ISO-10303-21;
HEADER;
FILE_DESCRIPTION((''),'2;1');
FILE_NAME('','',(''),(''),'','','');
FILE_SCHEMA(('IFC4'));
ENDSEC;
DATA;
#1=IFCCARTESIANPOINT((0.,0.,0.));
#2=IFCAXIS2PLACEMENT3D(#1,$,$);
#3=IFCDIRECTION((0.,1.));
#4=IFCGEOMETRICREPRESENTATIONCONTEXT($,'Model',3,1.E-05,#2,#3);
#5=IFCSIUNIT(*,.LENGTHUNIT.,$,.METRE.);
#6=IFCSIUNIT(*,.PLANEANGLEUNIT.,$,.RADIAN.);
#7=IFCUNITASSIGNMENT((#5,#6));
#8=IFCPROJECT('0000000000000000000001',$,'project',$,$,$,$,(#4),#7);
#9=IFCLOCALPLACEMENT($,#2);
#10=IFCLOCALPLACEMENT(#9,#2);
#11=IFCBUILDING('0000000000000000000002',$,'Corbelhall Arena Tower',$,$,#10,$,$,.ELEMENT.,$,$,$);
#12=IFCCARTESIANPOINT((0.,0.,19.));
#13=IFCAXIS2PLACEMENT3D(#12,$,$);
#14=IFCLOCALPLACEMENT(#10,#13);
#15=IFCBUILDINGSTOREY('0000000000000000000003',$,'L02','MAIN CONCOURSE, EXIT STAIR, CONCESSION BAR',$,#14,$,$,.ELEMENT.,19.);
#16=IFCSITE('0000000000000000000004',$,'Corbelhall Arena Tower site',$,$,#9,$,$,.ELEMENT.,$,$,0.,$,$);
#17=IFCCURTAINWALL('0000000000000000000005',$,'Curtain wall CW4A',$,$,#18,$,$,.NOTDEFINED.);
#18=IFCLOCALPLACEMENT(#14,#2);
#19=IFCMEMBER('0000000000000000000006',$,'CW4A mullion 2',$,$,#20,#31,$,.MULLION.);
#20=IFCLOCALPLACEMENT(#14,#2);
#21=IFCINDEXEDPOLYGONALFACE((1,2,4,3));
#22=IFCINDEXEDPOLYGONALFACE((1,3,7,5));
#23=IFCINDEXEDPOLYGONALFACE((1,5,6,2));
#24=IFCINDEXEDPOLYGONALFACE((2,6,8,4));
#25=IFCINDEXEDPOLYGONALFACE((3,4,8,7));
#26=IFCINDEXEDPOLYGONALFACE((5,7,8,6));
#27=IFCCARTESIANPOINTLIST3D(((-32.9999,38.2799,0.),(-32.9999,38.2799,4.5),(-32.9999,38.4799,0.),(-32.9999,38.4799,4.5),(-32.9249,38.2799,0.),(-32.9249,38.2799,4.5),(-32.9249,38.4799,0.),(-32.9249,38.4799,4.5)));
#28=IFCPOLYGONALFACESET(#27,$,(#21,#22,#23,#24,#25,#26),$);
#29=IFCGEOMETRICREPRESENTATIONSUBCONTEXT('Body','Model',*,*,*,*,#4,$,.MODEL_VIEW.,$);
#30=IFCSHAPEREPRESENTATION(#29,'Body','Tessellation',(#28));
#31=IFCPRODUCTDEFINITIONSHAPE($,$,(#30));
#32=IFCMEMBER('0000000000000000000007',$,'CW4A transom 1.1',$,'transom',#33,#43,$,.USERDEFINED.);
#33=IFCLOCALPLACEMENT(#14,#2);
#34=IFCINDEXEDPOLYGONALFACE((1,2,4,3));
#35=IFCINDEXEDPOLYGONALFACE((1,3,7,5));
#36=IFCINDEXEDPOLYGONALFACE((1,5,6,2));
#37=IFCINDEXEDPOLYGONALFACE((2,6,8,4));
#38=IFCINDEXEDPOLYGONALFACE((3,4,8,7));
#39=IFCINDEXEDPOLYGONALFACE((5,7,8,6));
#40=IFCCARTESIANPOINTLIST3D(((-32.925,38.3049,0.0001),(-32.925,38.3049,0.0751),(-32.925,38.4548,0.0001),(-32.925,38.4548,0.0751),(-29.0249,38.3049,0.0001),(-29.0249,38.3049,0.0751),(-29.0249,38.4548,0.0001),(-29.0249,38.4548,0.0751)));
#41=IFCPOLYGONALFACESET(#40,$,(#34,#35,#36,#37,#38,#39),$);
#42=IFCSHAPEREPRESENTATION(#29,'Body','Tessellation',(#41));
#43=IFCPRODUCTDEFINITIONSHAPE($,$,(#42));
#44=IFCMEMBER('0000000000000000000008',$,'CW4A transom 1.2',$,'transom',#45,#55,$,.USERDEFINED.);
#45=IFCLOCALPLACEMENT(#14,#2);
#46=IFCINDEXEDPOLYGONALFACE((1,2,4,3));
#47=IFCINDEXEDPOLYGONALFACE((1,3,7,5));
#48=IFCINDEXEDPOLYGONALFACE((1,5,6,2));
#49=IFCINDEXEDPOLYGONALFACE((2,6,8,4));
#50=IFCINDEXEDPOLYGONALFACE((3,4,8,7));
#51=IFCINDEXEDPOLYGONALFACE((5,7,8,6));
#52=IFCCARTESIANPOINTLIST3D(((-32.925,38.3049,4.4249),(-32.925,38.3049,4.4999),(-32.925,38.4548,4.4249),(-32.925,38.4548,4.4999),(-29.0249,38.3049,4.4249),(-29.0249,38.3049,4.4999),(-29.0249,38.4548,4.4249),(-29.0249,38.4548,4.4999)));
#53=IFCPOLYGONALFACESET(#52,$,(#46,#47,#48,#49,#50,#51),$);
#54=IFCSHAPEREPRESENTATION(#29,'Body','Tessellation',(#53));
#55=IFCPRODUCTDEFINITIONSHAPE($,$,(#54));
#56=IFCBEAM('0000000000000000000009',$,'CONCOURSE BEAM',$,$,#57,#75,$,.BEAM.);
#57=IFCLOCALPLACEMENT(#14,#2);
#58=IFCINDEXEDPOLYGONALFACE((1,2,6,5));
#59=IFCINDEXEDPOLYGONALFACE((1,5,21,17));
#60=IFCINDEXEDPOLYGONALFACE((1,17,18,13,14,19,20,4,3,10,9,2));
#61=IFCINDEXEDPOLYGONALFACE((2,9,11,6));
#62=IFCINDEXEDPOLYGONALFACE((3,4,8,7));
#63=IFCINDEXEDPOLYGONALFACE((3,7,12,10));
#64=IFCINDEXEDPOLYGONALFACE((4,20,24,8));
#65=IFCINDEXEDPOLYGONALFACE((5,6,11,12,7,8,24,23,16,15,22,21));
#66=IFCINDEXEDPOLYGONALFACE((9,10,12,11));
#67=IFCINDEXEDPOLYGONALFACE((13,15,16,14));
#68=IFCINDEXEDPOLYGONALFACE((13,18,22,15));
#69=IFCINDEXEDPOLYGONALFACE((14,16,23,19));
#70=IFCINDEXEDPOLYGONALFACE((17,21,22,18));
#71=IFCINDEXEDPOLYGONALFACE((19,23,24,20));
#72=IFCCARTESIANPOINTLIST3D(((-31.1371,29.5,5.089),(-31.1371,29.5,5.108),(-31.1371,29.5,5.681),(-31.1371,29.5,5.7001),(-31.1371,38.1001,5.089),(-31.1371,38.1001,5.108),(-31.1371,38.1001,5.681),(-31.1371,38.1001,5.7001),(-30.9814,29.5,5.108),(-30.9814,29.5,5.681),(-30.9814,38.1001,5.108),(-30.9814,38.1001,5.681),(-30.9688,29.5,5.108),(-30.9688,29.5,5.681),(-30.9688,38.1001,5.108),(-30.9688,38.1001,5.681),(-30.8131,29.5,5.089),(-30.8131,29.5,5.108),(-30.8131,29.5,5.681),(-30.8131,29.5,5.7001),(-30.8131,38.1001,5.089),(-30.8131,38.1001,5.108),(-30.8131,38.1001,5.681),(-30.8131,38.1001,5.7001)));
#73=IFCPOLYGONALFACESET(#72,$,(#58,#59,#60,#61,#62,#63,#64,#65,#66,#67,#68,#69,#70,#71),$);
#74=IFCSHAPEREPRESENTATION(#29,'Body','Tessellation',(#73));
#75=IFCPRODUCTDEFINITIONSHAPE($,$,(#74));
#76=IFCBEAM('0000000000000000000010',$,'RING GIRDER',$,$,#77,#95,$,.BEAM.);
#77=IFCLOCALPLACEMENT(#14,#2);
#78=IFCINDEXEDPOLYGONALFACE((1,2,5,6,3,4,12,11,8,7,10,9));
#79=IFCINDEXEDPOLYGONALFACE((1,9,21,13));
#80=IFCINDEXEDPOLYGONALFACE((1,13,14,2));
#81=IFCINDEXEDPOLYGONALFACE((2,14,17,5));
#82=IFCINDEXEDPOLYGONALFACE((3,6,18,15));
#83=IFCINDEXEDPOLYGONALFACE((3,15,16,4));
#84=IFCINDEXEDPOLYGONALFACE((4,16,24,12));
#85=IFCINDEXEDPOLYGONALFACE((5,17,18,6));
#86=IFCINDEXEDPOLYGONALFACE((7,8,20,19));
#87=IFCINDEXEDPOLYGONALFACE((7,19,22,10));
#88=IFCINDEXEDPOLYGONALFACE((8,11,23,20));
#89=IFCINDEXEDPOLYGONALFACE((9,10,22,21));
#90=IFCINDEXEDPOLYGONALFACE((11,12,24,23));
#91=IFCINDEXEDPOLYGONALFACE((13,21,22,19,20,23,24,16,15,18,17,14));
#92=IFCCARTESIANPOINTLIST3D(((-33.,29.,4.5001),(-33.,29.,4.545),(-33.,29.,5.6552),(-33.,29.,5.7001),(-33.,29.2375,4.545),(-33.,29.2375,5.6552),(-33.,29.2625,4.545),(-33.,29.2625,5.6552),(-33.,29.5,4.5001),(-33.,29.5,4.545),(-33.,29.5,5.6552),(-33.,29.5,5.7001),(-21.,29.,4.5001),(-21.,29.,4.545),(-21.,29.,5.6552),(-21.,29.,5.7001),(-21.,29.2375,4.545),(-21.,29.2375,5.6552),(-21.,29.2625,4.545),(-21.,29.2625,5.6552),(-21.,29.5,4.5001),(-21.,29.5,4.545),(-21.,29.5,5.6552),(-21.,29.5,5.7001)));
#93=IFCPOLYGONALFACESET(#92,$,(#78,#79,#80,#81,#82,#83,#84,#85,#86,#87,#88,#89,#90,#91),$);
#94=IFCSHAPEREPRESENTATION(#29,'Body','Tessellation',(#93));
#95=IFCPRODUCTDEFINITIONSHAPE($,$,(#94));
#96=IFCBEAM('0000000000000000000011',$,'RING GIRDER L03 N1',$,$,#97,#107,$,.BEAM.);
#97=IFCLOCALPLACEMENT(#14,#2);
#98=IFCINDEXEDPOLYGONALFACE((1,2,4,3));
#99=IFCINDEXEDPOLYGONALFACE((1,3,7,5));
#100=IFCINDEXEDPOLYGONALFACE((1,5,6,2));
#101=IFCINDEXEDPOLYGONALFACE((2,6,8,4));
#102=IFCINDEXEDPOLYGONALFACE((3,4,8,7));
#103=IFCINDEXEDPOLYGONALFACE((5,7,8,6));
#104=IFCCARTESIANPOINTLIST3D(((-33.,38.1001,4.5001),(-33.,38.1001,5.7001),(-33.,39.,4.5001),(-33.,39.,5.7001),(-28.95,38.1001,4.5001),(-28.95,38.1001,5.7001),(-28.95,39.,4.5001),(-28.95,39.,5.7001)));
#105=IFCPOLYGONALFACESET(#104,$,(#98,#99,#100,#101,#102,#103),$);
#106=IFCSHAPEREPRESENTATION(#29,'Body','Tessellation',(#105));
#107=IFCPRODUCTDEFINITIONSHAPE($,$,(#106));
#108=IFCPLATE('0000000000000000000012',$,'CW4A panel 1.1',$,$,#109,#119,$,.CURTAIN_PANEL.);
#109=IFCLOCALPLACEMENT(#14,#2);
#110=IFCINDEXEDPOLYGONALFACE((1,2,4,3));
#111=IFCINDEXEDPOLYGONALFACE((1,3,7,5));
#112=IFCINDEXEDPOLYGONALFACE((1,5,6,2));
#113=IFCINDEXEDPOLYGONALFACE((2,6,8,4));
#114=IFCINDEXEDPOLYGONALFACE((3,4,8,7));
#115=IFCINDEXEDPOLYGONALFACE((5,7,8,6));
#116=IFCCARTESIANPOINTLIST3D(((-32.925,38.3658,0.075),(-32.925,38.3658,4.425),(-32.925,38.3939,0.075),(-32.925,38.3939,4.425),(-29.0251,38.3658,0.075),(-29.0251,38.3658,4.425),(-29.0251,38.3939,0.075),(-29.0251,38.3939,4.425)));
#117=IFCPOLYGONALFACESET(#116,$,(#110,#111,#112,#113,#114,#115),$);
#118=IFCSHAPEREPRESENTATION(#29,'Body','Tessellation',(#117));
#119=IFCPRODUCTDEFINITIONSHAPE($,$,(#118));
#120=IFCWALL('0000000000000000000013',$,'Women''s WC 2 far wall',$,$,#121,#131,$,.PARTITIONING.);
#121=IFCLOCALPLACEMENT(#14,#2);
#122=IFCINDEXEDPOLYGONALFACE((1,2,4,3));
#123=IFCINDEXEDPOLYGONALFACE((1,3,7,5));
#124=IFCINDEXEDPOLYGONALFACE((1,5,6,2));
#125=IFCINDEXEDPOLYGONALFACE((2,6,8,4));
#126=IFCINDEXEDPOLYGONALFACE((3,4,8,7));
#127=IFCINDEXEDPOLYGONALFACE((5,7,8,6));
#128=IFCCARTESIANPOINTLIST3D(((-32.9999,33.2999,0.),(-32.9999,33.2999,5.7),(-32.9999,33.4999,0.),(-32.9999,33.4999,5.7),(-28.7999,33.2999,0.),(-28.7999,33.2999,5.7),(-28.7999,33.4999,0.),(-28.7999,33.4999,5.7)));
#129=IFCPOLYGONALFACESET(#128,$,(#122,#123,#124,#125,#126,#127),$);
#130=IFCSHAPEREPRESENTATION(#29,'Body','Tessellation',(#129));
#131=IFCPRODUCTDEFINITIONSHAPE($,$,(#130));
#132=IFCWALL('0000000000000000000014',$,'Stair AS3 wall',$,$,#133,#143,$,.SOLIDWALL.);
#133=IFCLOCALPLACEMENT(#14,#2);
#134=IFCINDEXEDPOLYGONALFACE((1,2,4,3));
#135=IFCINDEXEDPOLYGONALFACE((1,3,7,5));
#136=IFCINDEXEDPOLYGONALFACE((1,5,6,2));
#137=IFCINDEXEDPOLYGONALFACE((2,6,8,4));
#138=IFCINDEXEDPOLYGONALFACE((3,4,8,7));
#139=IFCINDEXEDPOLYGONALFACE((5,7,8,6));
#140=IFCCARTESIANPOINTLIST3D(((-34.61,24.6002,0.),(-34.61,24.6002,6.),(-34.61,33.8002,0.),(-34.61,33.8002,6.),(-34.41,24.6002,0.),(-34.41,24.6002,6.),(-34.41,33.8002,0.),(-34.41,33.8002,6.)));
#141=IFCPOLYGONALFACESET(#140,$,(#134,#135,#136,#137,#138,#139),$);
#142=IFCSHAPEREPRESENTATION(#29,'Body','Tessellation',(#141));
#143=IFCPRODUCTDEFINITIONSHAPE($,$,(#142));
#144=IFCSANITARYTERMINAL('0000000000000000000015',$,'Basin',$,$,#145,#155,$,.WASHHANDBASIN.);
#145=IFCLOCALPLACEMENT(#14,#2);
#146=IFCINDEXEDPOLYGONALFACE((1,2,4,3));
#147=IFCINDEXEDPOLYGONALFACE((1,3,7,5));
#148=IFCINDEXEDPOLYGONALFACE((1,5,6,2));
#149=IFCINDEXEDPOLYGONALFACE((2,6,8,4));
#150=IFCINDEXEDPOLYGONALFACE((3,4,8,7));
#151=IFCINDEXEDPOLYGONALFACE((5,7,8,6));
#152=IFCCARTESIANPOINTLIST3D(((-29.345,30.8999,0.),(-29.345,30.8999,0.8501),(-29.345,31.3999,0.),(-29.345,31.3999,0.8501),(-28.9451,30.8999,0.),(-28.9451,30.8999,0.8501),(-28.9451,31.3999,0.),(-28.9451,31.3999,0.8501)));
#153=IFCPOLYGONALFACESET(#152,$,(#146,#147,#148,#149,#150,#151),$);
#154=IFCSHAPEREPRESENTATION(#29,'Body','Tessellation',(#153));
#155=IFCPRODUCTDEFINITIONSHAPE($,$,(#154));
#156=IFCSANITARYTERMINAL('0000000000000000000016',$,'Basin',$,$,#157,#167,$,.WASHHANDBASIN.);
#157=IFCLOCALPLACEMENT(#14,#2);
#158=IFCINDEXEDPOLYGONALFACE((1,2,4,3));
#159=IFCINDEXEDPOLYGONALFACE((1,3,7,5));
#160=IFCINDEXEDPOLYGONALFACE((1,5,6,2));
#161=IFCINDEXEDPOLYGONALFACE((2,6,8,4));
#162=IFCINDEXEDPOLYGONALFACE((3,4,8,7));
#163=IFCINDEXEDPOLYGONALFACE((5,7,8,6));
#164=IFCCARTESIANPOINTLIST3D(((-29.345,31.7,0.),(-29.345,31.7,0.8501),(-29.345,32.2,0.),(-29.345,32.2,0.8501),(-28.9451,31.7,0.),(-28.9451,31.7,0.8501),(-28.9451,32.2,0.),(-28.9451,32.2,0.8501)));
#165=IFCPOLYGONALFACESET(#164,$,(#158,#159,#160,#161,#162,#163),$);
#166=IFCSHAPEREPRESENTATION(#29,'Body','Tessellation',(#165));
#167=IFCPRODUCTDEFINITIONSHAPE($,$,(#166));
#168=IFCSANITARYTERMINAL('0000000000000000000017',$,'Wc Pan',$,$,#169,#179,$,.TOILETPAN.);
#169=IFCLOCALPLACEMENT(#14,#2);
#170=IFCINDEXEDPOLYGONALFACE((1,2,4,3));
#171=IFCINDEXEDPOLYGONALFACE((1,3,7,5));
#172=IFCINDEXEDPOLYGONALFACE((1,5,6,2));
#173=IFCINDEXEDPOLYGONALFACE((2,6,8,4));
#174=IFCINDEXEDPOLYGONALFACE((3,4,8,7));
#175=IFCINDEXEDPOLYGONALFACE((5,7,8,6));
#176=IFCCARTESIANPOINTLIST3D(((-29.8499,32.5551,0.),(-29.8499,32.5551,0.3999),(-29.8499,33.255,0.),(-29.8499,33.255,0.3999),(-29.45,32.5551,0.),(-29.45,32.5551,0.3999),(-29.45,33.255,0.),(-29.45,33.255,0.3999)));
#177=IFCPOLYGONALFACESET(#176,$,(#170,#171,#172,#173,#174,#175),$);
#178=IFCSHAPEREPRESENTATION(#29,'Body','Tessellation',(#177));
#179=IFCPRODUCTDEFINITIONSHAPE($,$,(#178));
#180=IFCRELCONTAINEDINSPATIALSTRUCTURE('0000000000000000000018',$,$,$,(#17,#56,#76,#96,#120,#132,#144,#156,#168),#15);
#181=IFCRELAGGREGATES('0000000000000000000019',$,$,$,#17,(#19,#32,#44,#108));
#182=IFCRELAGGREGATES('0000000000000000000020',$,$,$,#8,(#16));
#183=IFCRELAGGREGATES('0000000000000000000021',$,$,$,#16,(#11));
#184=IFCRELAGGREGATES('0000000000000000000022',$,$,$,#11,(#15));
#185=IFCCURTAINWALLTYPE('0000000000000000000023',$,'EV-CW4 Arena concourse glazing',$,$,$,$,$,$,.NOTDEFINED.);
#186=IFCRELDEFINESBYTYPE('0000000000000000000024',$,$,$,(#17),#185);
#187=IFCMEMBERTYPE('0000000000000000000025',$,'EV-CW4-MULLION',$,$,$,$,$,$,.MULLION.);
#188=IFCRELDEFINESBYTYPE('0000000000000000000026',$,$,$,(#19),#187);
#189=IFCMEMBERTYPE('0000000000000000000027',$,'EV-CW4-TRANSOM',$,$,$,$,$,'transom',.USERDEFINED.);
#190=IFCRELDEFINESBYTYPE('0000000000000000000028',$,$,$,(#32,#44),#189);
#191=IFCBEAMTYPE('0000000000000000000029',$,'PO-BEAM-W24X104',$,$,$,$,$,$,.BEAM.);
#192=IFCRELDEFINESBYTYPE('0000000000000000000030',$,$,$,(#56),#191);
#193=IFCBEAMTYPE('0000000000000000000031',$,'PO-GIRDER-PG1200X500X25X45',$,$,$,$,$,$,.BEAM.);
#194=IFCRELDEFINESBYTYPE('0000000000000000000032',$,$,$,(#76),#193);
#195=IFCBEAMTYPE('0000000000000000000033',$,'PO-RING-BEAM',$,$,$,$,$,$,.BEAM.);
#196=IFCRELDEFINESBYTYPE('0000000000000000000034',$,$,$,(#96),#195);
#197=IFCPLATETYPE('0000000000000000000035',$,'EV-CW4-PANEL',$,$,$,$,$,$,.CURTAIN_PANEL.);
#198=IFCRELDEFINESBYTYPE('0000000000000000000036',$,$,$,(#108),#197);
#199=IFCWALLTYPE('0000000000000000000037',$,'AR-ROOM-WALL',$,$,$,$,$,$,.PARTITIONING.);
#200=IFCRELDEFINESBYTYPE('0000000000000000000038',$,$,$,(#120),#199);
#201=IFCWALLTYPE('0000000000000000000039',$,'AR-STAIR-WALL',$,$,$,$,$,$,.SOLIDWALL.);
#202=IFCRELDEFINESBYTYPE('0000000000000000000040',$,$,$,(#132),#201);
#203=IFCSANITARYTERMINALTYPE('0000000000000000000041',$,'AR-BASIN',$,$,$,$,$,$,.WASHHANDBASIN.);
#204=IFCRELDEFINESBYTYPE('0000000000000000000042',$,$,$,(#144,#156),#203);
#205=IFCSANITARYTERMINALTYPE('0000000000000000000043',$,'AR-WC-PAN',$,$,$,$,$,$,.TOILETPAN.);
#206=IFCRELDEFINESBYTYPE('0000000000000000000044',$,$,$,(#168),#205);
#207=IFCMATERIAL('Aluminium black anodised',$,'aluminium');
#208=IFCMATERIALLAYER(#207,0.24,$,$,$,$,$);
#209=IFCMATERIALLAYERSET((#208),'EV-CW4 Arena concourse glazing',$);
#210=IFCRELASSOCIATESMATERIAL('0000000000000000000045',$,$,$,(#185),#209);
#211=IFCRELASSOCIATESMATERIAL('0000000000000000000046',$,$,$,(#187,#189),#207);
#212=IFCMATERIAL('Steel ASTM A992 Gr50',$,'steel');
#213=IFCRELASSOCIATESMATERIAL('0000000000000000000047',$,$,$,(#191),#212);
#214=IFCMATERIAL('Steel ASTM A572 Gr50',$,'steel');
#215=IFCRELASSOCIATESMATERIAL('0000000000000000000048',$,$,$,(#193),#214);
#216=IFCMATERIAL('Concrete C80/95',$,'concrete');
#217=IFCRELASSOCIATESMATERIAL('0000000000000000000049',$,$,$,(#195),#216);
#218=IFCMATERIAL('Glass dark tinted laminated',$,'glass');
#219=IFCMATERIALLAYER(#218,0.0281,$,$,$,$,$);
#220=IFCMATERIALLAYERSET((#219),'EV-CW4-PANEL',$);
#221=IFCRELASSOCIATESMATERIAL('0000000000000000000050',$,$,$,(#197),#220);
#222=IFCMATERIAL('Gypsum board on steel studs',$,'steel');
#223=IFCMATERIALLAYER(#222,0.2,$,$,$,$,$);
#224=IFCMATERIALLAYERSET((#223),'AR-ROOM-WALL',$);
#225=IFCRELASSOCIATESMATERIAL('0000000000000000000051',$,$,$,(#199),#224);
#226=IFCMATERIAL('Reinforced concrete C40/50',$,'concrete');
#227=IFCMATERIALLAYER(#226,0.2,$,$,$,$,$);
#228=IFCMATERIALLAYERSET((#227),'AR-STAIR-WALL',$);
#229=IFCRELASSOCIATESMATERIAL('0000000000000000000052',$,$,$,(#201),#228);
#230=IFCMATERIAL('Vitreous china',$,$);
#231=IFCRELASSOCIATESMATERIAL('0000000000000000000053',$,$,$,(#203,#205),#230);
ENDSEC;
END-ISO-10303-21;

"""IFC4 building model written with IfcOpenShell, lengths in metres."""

from ifc_helpers import new_model, si_unit, direction, frame, frame_2d, origin, origin_2d, place, context, subcontext, project, spatial, rectangle, i_section, extrude, material, layer, layer_set, material_profile, profile_set, type_object, element, aggregate, save


model = new_model("IFC4")

# Units and contexts
model_context = context("Model", 3, precision=1e-05, world=origin(), true_north=direction((0.0, 1.0)))
body_context = subcontext(model_context, "Body", "Model", "MODEL_VIEW")
ifc_project = project(units=[si_unit("LENGTHUNIT", "METRE"), si_unit("PLANEANGLEUNIT", "RADIAN")], contexts=[model_context])

# Site, building, storey
site_placement = place(None, origin())
site = spatial("IfcSite", under=ifc_project, at=site_placement, Name="Corbelhall Arena Tower site", CompositionType="ELEMENT", RefElevation=0.0)
building_placement = place(site_placement, origin())
building = spatial("IfcBuilding", under=site, at=building_placement, Name="Corbelhall Arena Tower", CompositionType="ELEMENT")
storey_placement = place(building_placement, frame((0.0, 0.0, 19.0)))
storey = spatial("IfcBuildingStorey", under=building, at=storey_placement, Name="L02", Description="MAIN CONCOURSE, EXIT STAIR, CONCESSION BAR", CompositionType="ELEMENT", Elevation=19.0)

# Curtain wall, members
ifc_material_1 = material(Name="Aluminium black anodised", Category="aluminium")
ifc_layer_1 = layer(ifc_material_1, 0.24)
ifc_layer_set_1 = layer_set([ifc_layer_1], Name="EV-CW4 Arena concourse glazing")
curtain_wall_type = type_object("IfcCurtainWallType", Name="EV-CW4 Arena concourse glazing", PredefinedType="NOTDEFINED", material=ifc_layer_set_1)
curtain_wall_placement = place(storey_placement, origin())
curtain_wall = element("IfcCurtainWall", 1, at=curtain_wall_placement, inside=storey, type_object=curtain_wall_type, Name="Curtain wall CW4A", PredefinedType="NOTDEFINED")
ifc_material_profile_1 = material_profile(ifc_material_1, rectangle(XDim=0.2, YDim=0.075, at=origin_2d()))
ifc_profile_set_1 = profile_set([ifc_material_profile_1], Name="Aluminium black anodised")
member_type_1 = type_object("IfcMemberType", Name="EV-CW4-MULLION", PredefinedType="MULLION", material=ifc_profile_set_1)
member_1_placement = place(storey_placement, frame((-32.9624, 38.3799, 0.0), z_axis=(0.0, 0.0, 1.0), x_axis=(0.0, -1.0, 0.0)))
member_1 = element("IfcMember", 2, at=member_1_placement, type_object=member_type_1, Name="CW4A mullion 2", PredefinedType="MULLION", context=body_context, shape_type="SweptSolid", body=[
    extrude(rectangle(XDim=0.2, YDim=0.075, at=origin_2d()), origin(), (0.0, 0.0, 1.0), 4.5),
])
ifc_material_profile_2 = material_profile(ifc_material_1, rectangle(XDim=0.1499, YDim=0.075, at=origin_2d()))
ifc_profile_set_2 = profile_set([ifc_material_profile_2], Name="Aluminium black anodised")
member_type_2 = type_object("IfcMemberType", Name="EV-CW4-TRANSOM", ElementType="transom", PredefinedType="USERDEFINED", material=ifc_profile_set_2)
member_2_placement = place(storey_placement, frame((-29.0249, 38.3799, 0.0376), z_axis=(-1.0, 0.0, 0.0), x_axis=(0.0, -1.0, 0.0)))
member_2 = element("IfcMember", 3, at=member_2_placement, type_object=member_type_2, Name="CW4A transom 1.1", ObjectType="transom", PredefinedType="USERDEFINED", context=body_context, shape_type="SweptSolid", body=[
    extrude(rectangle(XDim=0.1499, YDim=0.075, at=origin_2d()), origin(), (0.0, 0.0, 1.0), 3.9001),
])
member_3_placement = place(storey_placement, frame((-29.0249, 38.3799, 4.4624), z_axis=(-1.0, 0.0, 0.0), x_axis=(0.0, -1.0, 0.0)))
member_3 = element("IfcMember", 4, at=member_3_placement, type_object=member_type_2, Name="CW4A transom 1.2", ObjectType="transom", PredefinedType="USERDEFINED", context=body_context, shape_type="SweptSolid", body=[
    extrude(rectangle(XDim=0.1499, YDim=0.075, at=origin_2d()), origin(), (0.0, 0.0, 1.0), 3.9001),
])

# Beams
ifc_material_2 = material(Name="Steel ASTM A992 Gr50", Category="steel")
ifc_material_profile_3 = material_profile(ifc_material_2, i_section(OverallWidth=0.324, OverallDepth=0.6111, WebThickness=0.0127, FlangeThickness=0.019, at=origin_2d()))
ifc_profile_set_3 = profile_set([ifc_material_profile_3], Name="Steel ASTM A992 Gr50")
beam_type_1 = type_object("IfcBeamType", Name="PO-BEAM-W24X104", PredefinedType="BEAM", material=ifc_profile_set_3)
beam_1_placement = place(storey_placement, frame((-30.9751, 29.5, 5.3945), z_axis=(0.0, 1.0, 0.0), x_axis=(-1.0, 0.0, 0.0)))
element("IfcBeam", 5, at=beam_1_placement, inside=storey, type_object=beam_type_1, Name="CONCOURSE BEAM", PredefinedType="BEAM", context=body_context, shape_type="SweptSolid", body=[
    extrude(i_section(OverallWidth=0.324, OverallDepth=0.6111, WebThickness=0.0127, FlangeThickness=0.019, at=origin_2d()), origin(), (0.0, 0.0, 1.0), 8.6001),
])
ifc_material_3 = material(Name="Steel ASTM A572 Gr50", Category="steel")
ifc_material_profile_4 = material_profile(ifc_material_3, i_section(OverallWidth=0.5, OverallDepth=1.2, WebThickness=0.0249, FlangeThickness=0.0449, at=origin_2d()))
ifc_profile_set_4 = profile_set([ifc_material_profile_4], Name="Steel ASTM A572 Gr50")
beam_type_2 = type_object("IfcBeamType", Name="PO-GIRDER-PG1200X500X25X45", PredefinedType="BEAM", material=ifc_profile_set_4)
beam_2_placement = place(storey_placement, frame((-33.0, 29.25, 5.1001), z_axis=(1.0, 0.0, 0.0), x_axis=(0.0, 1.0, 0.0)))
element("IfcBeam", 6, at=beam_2_placement, inside=storey, type_object=beam_type_2, Name="RING GIRDER", PredefinedType="BEAM", context=body_context, shape_type="SweptSolid", body=[
    extrude(i_section(OverallWidth=0.5, OverallDepth=1.2, WebThickness=0.0249, FlangeThickness=0.0449, at=origin_2d()), origin(), (0.0, 0.0, 1.0), 12.0),
])
ifc_material_4 = material(Name="Concrete C80/95", Category="concrete")
ifc_material_profile_5 = material_profile(ifc_material_4, rectangle(XDim=0.8999, YDim=1.2, at=origin_2d()))
ifc_profile_set_5 = profile_set([ifc_material_profile_5], Name="Concrete C80/95")
beam_type_3 = type_object("IfcBeamType", Name="PO-RING-BEAM", PredefinedType="BEAM", material=ifc_profile_set_5)
beam_3_placement = place(storey_placement, frame((-33.0, 38.55, 5.1001), z_axis=(1.0, 0.0, 0.0), x_axis=(0.0, 1.0, 0.0)))
element("IfcBeam", 7, at=beam_3_placement, inside=storey, type_object=beam_type_3, Name="RING GIRDER L03 N1", PredefinedType="BEAM", context=body_context, shape_type="SweptSolid", body=[
    extrude(rectangle(XDim=0.8999, YDim=1.2, at=origin_2d()), origin(), (0.0, 0.0, 1.0), 4.05),
])

# Plate
ifc_material_5 = material(Name="Glass dark tinted laminated", Category="glass")
ifc_layer_2 = layer(ifc_material_5, 0.0281)
ifc_layer_set_2 = layer_set([ifc_layer_2], Name="EV-CW4-PANEL")
plate_type = type_object("IfcPlateType", Name="EV-CW4-PANEL", PredefinedType="CURTAIN_PANEL", material=ifc_layer_set_2)
plate_placement = place(storey_placement, frame((-30.9751, 38.3799, 0.075), z_axis=(0.0, 0.0, 1.0), x_axis=(-1.0, 0.0, 0.0)))
plate = element("IfcPlate", 8, at=plate_placement, type_object=plate_type, Name="CW4A panel 1.1", PredefinedType="CURTAIN_PANEL", context=body_context, shape_type="SweptSolid", body=[
    extrude(rectangle(XDim=3.8999, YDim=0.0281, at=origin_2d()), origin(), (0.0, 0.0, 1.0), 4.3501),
])
aggregate(curtain_wall, [member_1, member_2, member_3, plate])

# Shared definitions
ifc_material_6 = material(Name="Gypsum board on steel studs", Category="steel")
ifc_layer_3 = layer(ifc_material_6, 0.2)
ifc_layer_set_3 = layer_set([ifc_layer_3], Name="AR-ROOM-WALL")
wall_type_1 = type_object("IfcWallType", Name="AR-ROOM-WALL", PredefinedType="PARTITIONING", material=ifc_layer_set_3)

# Walls
wall_1_placement = place(storey_placement, frame((-33.0, 33.3999, 0.0), z_axis=(0.0, 0.0, 1.0), x_axis=(1.0, 0.0, 0.0)))
element("IfcWall", 9, at=wall_1_placement, inside=storey, type_object=wall_type_1, Name="Women's WC 2 far wall", PredefinedType="PARTITIONING", context=body_context, shape_type="SweptSolid", body=[
    extrude(rectangle(XDim=4.2, YDim=0.2, at=frame_2d((2.1001, 0.0))), origin(), (0.0, 0.0, 1.0), 5.7),
])
ifc_material_7 = material(Name="Reinforced concrete C40/50", Category="concrete")
ifc_layer_4 = layer(ifc_material_7, 0.2)
ifc_layer_set_4 = layer_set([ifc_layer_4], Name="AR-STAIR-WALL")
wall_type_2 = type_object("IfcWallType", Name="AR-STAIR-WALL", PredefinedType="SOLIDWALL", material=ifc_layer_set_4)
wall_2_placement = place(storey_placement, frame((-34.51, 24.6001, 0.0), z_axis=(0.0, 0.0, 1.0), x_axis=(0.0, 1.0, 0.0)))
element("IfcWall", 10, at=wall_2_placement, inside=storey, type_object=wall_type_2, Name="Stair AS3 wall", PredefinedType="SOLIDWALL", context=body_context, shape_type="SweptSolid", body=[
    extrude(rectangle(XDim=9.2, YDim=0.2, at=frame_2d((4.6001, 0.0))), origin(), (0.0, 0.0, 1.0), 6.0),
])

# Sanitary terminals
ifc_material_8 = material(Name="Vitreous china")
sanitary_terminal_type_1 = type_object("IfcSanitaryTerminalType", Name="AR-BASIN", PredefinedType="WASHHANDBASIN", material=ifc_material_8)
for number, where, z_axis, x_axis, name in (
    (11, (-29.145, 31.1499, 0.0), (0.0, 0.0, 1.0), (1.0, 0.0, 0.0), "Basin"),
    (12, (-29.145, 31.95, 0.0), (0.0, 0.0, 1.0), (1.0, 0.0, 0.0), "Basin"),
):
    element("IfcSanitaryTerminal", number, at=place(storey_placement, frame(where, z_axis=z_axis, x_axis=x_axis)), inside=storey, type_object=sanitary_terminal_type_1, Name=name, PredefinedType="WASHHANDBASIN", context=body_context, shape_type="SweptSolid", body=[
        extrude(rectangle(XDim=0.3999, YDim=0.5, at=origin_2d()), origin(), (0.0, 0.0, 1.0), 0.8501),
    ])
sanitary_terminal_type_2 = type_object("IfcSanitaryTerminalType", Name="AR-WC-PAN", PredefinedType="TOILETPAN", material=ifc_material_8)
for number, where, z_axis, x_axis, name in (
    (13, (-29.6499, 32.905, 0.0), (0.0, 0.0, 1.0), (1.0, 0.0, 0.0), "Wc Pan"),
):
    element("IfcSanitaryTerminal", number, at=place(storey_placement, frame(where, z_axis=z_axis, x_axis=x_axis)), inside=storey, type_object=sanitary_terminal_type_2, Name=name, PredefinedType="TOILETPAN", context=body_context, shape_type="SweptSolid", body=[
        extrude(rectangle(XDim=0.3999, YDim=0.7, at=origin_2d()), origin(), (0.0, 0.0, 1.0), 0.3999),
    ])

save(model, "model.ifc")
